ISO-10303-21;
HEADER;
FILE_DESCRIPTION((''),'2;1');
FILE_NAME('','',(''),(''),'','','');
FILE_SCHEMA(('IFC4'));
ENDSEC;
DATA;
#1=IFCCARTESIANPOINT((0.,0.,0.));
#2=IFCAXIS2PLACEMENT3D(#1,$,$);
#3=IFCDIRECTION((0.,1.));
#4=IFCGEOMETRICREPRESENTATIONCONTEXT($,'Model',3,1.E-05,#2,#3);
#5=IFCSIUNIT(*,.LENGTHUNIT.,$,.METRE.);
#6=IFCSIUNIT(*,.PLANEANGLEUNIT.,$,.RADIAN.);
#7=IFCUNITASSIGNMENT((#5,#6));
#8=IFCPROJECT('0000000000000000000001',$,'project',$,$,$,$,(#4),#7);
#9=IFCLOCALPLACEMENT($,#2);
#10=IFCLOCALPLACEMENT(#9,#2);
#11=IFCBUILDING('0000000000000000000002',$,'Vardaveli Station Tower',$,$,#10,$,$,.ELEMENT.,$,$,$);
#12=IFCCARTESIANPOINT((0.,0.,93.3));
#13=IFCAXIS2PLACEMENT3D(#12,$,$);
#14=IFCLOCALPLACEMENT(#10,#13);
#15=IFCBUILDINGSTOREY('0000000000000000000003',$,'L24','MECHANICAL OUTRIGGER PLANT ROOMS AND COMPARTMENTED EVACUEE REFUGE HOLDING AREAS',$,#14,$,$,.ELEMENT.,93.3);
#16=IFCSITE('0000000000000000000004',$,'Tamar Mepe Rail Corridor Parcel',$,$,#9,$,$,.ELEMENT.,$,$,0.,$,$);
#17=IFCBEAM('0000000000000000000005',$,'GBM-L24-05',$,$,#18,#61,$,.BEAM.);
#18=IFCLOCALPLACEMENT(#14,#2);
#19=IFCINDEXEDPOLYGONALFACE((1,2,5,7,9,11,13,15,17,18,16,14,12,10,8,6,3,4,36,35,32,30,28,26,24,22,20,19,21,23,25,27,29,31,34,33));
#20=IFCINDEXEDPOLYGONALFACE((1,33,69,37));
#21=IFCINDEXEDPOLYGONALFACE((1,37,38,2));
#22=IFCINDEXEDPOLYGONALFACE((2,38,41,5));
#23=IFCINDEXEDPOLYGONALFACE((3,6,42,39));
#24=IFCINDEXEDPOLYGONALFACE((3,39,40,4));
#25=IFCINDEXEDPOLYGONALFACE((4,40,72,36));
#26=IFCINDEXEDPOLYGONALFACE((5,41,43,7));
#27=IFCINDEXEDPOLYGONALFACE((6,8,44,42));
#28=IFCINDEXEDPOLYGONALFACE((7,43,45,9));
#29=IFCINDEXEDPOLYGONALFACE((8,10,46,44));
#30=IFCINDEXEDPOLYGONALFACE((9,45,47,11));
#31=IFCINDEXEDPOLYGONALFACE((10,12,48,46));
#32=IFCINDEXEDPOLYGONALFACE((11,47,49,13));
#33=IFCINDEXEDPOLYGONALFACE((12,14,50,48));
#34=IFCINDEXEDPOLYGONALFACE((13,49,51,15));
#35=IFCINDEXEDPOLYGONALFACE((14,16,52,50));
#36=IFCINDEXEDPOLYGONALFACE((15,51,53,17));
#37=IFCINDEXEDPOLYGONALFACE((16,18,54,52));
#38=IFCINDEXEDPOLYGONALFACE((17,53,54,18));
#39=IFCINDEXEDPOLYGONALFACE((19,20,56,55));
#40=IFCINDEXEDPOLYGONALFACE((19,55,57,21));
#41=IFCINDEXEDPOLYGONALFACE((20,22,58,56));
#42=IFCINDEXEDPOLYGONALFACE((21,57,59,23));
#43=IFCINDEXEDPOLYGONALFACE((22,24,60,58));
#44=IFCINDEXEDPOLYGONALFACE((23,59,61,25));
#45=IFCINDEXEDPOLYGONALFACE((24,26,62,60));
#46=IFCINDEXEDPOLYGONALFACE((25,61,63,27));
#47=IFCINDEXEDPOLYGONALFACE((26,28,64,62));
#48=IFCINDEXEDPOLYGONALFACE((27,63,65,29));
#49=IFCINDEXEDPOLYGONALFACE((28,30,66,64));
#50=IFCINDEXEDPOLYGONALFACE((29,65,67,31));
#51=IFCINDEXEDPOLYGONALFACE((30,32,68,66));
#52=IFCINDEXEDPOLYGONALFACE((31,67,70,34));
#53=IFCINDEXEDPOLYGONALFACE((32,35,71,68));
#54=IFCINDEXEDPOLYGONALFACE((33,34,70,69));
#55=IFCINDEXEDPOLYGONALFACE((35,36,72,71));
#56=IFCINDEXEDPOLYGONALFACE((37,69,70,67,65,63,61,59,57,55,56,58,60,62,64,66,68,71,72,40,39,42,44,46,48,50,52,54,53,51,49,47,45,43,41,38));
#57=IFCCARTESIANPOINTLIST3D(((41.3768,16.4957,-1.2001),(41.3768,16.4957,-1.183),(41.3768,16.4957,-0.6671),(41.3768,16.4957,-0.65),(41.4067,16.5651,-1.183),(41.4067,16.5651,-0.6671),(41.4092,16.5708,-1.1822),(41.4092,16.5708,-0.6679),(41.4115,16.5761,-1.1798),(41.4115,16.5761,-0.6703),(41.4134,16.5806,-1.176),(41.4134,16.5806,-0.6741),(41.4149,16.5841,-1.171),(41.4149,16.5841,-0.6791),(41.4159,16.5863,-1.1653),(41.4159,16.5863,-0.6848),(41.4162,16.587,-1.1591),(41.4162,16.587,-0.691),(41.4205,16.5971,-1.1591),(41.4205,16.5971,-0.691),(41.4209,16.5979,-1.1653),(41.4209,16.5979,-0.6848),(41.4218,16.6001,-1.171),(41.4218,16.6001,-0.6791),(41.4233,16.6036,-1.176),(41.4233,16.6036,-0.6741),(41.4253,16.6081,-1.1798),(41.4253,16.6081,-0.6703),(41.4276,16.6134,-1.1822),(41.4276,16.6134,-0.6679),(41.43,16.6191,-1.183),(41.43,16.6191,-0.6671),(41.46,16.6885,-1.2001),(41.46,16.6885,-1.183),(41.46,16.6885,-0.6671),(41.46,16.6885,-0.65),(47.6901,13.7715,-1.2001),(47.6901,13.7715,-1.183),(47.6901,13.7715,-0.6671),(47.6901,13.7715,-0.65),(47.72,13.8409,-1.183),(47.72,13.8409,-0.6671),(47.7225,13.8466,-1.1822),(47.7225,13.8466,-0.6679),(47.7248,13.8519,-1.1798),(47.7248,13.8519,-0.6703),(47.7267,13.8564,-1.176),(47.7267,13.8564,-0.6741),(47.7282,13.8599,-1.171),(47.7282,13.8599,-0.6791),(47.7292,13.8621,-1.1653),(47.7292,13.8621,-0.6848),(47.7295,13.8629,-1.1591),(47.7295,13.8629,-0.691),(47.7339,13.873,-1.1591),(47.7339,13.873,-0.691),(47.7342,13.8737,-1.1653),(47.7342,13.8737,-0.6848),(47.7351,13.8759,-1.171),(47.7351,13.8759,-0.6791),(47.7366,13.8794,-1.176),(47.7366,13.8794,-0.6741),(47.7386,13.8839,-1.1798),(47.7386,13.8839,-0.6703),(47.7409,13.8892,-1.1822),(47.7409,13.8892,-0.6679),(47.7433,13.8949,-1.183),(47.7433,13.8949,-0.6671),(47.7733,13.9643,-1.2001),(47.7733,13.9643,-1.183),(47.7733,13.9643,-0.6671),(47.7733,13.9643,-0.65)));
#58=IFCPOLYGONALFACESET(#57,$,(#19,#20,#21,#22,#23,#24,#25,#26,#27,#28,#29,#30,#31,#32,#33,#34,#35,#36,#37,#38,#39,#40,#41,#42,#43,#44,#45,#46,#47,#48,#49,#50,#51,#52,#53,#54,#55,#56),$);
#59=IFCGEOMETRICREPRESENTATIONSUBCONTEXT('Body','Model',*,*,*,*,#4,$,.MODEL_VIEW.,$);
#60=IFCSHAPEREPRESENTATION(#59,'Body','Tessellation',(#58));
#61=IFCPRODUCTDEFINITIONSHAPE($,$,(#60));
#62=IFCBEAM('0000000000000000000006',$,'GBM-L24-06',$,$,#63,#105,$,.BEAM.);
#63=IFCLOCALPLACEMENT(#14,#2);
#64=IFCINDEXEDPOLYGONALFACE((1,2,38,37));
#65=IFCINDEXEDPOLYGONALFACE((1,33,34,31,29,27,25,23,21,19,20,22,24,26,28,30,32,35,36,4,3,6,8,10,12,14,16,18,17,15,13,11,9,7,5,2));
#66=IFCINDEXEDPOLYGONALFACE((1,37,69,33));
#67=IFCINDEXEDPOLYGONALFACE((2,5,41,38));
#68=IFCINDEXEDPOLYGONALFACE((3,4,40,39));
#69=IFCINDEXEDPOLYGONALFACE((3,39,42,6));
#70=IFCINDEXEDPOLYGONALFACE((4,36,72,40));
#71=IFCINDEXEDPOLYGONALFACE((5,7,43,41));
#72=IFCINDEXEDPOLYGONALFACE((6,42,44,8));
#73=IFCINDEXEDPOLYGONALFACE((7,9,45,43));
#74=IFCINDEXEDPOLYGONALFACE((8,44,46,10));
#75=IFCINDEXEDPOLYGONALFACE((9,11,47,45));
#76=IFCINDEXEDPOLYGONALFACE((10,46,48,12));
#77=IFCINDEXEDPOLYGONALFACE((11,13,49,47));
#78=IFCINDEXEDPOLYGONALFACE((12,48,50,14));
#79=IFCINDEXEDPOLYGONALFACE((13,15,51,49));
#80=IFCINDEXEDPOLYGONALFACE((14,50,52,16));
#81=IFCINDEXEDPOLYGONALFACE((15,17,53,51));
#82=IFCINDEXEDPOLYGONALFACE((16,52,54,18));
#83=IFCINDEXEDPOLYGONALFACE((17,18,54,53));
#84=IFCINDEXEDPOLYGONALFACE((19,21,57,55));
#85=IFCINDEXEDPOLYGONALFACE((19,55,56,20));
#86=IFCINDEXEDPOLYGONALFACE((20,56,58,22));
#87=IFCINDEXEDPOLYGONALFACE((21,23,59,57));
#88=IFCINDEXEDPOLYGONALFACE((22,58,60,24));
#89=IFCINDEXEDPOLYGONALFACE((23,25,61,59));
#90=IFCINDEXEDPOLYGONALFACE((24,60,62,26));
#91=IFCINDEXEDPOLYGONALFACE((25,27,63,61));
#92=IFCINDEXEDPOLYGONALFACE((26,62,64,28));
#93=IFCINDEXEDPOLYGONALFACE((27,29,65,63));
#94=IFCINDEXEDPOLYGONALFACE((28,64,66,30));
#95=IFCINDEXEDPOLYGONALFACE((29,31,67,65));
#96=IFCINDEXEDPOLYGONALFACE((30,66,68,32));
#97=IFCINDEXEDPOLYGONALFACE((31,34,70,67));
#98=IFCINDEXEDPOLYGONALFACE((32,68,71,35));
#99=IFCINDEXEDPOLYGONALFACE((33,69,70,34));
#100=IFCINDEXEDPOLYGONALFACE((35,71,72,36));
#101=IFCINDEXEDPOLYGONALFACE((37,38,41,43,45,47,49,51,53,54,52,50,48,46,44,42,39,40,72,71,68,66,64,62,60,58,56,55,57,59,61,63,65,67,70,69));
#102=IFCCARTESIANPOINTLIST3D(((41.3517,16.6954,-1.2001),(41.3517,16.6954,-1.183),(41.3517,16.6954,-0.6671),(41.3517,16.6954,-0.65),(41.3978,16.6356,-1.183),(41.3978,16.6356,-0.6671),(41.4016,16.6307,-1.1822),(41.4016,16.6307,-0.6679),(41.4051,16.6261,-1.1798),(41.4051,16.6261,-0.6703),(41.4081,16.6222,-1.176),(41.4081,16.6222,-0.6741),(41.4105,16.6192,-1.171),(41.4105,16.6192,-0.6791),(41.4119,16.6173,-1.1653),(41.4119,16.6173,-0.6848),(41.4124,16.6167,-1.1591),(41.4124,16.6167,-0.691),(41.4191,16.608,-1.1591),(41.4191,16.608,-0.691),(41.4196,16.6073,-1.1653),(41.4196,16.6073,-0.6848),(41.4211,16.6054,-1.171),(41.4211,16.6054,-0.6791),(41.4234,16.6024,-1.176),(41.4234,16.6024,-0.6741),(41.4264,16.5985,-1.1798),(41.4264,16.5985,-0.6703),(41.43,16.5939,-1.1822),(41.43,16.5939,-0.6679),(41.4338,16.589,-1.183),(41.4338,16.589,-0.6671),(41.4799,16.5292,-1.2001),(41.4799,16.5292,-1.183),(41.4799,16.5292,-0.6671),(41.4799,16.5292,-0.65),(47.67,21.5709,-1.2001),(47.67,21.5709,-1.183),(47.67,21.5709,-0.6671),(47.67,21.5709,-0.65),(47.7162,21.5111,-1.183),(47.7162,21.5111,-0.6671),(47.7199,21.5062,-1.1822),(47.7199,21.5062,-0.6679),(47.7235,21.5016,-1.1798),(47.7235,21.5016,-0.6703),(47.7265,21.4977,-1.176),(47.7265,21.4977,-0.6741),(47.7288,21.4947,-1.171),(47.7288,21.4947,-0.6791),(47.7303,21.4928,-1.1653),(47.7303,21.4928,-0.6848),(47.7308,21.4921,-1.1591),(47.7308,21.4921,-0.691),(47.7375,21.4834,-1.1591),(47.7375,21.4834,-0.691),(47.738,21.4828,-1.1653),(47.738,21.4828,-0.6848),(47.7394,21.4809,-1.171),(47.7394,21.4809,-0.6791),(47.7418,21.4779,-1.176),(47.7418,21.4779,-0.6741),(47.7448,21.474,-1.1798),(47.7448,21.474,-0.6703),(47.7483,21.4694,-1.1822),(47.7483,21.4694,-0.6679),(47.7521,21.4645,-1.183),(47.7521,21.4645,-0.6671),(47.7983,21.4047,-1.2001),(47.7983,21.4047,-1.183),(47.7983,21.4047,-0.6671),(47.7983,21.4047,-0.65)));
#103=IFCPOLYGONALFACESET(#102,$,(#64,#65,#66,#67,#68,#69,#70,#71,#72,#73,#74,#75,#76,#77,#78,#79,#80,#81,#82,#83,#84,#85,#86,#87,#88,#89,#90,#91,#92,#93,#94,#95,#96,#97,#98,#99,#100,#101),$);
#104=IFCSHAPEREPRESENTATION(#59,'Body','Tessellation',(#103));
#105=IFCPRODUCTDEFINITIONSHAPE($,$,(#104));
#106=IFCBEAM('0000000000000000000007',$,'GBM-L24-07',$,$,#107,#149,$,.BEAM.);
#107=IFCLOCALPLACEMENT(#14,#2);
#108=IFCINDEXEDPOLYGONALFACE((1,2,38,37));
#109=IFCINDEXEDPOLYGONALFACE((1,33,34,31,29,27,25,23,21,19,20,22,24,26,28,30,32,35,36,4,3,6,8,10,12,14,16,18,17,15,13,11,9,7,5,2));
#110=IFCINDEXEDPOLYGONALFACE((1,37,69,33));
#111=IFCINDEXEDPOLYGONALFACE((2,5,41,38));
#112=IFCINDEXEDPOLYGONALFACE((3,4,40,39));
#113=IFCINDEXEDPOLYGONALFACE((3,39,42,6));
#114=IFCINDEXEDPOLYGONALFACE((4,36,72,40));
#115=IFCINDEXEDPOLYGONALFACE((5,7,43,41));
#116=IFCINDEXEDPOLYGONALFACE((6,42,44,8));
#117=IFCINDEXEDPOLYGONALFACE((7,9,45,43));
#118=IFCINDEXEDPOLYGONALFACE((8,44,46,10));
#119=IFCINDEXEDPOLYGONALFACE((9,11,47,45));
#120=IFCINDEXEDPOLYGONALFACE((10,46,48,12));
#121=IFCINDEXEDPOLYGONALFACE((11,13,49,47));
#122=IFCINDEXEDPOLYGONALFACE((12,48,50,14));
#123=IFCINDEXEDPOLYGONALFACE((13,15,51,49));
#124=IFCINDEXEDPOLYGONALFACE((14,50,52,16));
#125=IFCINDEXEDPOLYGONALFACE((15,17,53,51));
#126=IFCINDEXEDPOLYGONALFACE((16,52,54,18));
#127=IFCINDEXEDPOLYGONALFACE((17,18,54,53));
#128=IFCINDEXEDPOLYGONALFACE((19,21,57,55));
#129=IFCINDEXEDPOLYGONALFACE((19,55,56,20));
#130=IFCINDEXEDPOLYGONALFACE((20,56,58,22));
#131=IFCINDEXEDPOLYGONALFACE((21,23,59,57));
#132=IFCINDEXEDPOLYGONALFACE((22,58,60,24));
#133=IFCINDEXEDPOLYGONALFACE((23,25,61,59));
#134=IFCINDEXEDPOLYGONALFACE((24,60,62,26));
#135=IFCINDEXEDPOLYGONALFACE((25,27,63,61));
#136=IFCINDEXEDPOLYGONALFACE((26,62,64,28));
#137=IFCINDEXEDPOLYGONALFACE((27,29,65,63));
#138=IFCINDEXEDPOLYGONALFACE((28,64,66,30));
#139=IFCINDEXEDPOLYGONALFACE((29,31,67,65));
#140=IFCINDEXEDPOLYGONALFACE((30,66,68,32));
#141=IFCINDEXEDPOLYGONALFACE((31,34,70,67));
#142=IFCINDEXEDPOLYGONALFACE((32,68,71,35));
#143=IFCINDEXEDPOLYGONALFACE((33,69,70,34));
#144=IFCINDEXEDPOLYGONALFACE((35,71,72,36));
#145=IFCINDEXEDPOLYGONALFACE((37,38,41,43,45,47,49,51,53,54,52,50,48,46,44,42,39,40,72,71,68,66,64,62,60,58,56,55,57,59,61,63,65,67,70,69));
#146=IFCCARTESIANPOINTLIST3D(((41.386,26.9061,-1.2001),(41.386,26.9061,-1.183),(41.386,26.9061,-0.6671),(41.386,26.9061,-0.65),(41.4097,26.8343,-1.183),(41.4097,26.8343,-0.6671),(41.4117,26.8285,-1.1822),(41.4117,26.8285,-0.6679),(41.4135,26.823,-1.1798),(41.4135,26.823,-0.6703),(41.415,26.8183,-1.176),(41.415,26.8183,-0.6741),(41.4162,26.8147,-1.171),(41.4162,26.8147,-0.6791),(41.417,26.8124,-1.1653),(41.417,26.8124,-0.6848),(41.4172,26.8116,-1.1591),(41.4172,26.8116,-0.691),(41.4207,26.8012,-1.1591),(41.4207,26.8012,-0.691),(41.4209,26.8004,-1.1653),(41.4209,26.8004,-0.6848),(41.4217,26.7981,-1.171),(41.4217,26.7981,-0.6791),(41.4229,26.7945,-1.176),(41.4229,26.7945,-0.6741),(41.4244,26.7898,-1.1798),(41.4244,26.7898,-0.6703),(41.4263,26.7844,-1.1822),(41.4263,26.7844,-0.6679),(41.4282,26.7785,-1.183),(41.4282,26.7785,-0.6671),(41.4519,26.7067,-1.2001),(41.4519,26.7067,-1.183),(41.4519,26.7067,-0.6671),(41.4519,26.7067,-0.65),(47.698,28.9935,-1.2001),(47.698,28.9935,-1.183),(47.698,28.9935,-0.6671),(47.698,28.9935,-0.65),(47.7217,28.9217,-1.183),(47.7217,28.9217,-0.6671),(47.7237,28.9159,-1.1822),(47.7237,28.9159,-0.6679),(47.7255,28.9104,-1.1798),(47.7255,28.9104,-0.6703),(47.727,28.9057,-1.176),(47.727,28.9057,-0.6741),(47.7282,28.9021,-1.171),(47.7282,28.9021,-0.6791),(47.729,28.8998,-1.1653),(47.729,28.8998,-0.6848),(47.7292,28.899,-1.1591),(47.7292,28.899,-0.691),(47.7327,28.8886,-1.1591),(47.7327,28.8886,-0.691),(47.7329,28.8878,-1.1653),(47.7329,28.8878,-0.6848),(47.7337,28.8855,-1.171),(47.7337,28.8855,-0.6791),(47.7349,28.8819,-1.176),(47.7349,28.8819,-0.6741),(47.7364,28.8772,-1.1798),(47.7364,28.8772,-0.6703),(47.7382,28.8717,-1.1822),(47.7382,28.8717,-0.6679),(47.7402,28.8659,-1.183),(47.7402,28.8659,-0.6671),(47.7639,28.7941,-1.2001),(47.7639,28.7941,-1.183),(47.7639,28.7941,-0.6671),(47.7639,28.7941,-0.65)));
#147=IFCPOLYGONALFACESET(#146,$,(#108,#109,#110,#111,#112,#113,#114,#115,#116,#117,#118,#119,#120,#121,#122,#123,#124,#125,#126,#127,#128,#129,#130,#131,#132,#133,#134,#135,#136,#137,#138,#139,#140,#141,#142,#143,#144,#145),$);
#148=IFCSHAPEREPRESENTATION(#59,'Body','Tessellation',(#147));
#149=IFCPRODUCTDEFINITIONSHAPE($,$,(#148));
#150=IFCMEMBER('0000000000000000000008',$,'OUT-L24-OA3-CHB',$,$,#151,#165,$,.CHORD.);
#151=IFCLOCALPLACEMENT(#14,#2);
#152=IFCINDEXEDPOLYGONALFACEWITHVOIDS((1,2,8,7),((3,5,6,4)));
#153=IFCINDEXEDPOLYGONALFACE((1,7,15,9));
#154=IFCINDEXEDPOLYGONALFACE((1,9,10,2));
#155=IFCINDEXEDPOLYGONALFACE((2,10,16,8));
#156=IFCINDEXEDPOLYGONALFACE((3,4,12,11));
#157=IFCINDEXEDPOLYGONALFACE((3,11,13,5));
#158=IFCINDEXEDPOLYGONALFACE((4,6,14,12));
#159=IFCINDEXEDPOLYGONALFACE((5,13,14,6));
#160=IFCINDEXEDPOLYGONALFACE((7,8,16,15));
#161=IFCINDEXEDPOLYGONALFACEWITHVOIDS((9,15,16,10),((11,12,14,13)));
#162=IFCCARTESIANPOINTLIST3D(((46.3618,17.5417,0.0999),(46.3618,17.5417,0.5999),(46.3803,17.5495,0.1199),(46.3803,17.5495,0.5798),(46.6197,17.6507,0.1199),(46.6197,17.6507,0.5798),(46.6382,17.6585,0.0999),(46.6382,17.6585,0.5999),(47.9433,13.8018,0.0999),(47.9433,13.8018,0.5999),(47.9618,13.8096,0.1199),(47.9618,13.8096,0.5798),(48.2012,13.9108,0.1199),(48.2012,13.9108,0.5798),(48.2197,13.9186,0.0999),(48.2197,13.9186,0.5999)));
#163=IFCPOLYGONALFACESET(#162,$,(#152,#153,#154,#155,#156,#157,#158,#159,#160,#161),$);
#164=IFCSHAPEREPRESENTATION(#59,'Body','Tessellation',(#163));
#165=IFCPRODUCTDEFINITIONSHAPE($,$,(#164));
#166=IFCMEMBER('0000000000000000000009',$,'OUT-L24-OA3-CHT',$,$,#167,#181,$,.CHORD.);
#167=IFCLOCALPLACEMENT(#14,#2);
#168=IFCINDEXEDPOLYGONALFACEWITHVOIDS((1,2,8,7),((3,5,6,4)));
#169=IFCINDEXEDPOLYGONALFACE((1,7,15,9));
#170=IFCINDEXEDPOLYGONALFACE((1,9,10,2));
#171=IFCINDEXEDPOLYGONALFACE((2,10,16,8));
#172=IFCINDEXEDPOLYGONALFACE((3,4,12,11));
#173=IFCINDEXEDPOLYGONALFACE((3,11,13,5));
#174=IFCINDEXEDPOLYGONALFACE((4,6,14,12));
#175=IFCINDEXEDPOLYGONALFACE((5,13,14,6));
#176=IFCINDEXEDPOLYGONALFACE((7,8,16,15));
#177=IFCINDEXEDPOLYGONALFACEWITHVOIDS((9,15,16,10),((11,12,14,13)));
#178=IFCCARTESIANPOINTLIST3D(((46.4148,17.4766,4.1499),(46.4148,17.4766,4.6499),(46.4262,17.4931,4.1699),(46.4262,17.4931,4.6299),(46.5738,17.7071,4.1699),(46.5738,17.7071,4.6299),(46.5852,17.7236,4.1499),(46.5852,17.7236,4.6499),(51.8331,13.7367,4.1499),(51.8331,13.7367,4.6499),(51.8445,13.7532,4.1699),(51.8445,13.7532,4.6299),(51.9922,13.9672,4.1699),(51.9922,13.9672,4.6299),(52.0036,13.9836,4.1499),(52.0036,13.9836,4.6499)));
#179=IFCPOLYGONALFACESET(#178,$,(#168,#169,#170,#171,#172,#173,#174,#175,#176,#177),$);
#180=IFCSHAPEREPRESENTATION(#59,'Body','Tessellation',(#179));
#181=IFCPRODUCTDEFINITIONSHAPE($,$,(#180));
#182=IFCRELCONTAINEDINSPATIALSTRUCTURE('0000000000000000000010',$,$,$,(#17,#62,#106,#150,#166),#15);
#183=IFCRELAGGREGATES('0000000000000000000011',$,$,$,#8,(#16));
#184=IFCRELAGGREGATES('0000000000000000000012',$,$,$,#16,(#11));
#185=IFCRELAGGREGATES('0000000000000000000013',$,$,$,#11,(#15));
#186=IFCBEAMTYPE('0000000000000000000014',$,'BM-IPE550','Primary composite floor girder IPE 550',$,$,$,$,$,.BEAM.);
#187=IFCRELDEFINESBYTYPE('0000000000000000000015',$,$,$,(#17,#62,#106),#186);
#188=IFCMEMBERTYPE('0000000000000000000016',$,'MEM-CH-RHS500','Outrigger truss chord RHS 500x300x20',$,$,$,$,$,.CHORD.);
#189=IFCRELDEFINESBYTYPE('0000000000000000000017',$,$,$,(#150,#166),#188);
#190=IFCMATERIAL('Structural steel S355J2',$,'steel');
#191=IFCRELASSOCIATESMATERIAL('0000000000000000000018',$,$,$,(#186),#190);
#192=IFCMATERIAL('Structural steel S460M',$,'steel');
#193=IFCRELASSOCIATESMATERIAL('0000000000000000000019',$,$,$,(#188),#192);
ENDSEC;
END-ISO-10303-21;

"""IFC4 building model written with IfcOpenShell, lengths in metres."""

from ifc_helpers import new_model, si_unit, direction, frame, origin, origin_2d, place, context, subcontext, project, spatial, hollow_rectangle, i_section, extrude, source, transform, mapped, material, material_profile, profile_set, type_object, element, save


model = new_model("IFC4")

# Units and contexts
model_context = context("Model", 3, precision=1e-05, world=origin(), true_north=direction((0.0, 1.0)))
body_context = subcontext(model_context, "Body", "Model", "MODEL_VIEW")
ifc_project = project(units=[si_unit("LENGTHUNIT", "METRE"), si_unit("PLANEANGLEUNIT", "RADIAN")], contexts=[model_context])

# Site, building, storey
site_placement = place(None, origin())
site = spatial("IfcSite", under=ifc_project, at=site_placement, Name="Tamar Mepe Rail Corridor Parcel", CompositionType="ELEMENT", RefElevation=0.0)
building_placement = place(site_placement, origin())
building = spatial("IfcBuilding", under=site, at=building_placement, Name="Vardaveli Station Tower", CompositionType="ELEMENT")
storey_placement = place(building_placement, frame((0.0, 0.0, 93.3)))
storey = spatial("IfcBuildingStorey", under=building, at=storey_placement, Name="L24", Description="MECHANICAL OUTRIGGER PLANT ROOMS AND COMPARTMENTED EVACUEE REFUGE HOLDING AREAS", CompositionType="ELEMENT", Elevation=93.3)

# Shared definitions
ifc_material_1 = material(Name="Structural steel S460M", Category="steel")

# Beams
ifc_material_2 = material(Name="Structural steel S355J2", Category="steel")
ifc_material_profile_1 = material_profile(ifc_material_2, i_section(OverallWidth=0.21, OverallDepth=0.55, WebThickness=0.011, FlangeThickness=0.0171, FilletRadius=0.0239, at=origin_2d()), Name="IPE 550")
ifc_profile_set_1 = profile_set([ifc_material_profile_1], Name="Structural steel S355J2")
beam_type_1 = type_object("IfcBeamType", Name="BM-IPE550", Description="Primary composite floor girder IPE 550", PredefinedType="BEAM", material=ifc_profile_set_1)
shared_shape_1 = source(origin(), body_context, "Body", "SweptSolid", [
    extrude(i_section(OverallWidth=0.21, OverallDepth=0.55, WebThickness=0.011, FlangeThickness=0.0171, FilletRadius=0.0239, at=origin_2d()), origin(), (0.0, 0.0, 1.0), 6.876),
])
beam_1_placement = place(storey_placement, frame((47.7317, 13.8679, -0.925), z_axis=(-0.918171, 0.396185, 0.0), x_axis=(-0.396185, -0.918171, 0.0)))
element("IfcBeam", 1, at=beam_1_placement, inside=storey, type_object=beam_type_1, Name="GBM-L24-05", PredefinedType="BEAM", context=body_context, shape_type="MappedRepresentation", body=[
    mapped(shared_shape_1, transform((0.0, 0.0, 0.0), scale=1.0)),
])
shared_shape_2 = source(origin(), body_context, "Body", "SweptSolid", [
    extrude(i_section(OverallWidth=0.21, OverallDepth=0.55, WebThickness=0.011, FlangeThickness=0.0171, FilletRadius=0.0239, at=origin_2d()), origin(), (0.0, 0.0, 1.0), 7.9807),
])
beam_2_placement = place(storey_placement, frame((47.7341, 21.4878, -0.925), z_axis=(-0.791702, -0.610908, 0.0), x_axis=(0.610908, -0.791702, 0.0)))
element("IfcBeam", 2, at=beam_2_placement, inside=storey, type_object=beam_type_1, Name="GBM-L24-06", PredefinedType="BEAM", context=body_context, shape_type="MappedRepresentation", body=[
    mapped(shared_shape_2, transform((0.0, 0.0, 0.0), scale=1.0)),
])
shared_shape_3 = source(origin(), body_context, "Body", "SweptSolid", [
    extrude(i_section(OverallWidth=0.21, OverallDepth=0.55, WebThickness=0.011, FlangeThickness=0.0171, FilletRadius=0.0239, at=origin_2d()), origin(), (0.0, 0.0, 1.0), 6.6482),
])
beam_3_placement = place(storey_placement, frame((47.731, 28.8938, -0.925), z_axis=(-0.94943, -0.313979, 0.0), x_axis=(0.313979, -0.94943, 0.0)))
element("IfcBeam", 3, at=beam_3_placement, inside=storey, type_object=beam_type_1, Name="GBM-L24-07", PredefinedType="BEAM", context=body_context, shape_type="MappedRepresentation", body=[
    mapped(shared_shape_3, transform((0.0, 0.0, 0.0), scale=1.0)),
])

# Members
ifc_material_profile_2 = material_profile(ifc_material_1, hollow_rectangle(XDim=0.3, YDim=0.5, WallThickness=0.02, at=origin_2d()), Name="RHS 500x300x20")
ifc_profile_set_2 = profile_set([ifc_material_profile_2], Name="Structural steel S460M")
member_type_1 = type_object("IfcMemberType", Name="MEM-CH-RHS500", Description="Outrigger truss chord RHS 500x300x20", PredefinedType="CHORD", material=ifc_profile_set_2)
shared_shape_4 = source(origin(), body_context, "Body", "SweptSolid", [
    extrude(hollow_rectangle(XDim=0.3, YDim=0.5, WallThickness=0.02, at=origin_2d()), origin(), (0.0, 0.0, 1.0), 4.0605),
])
member_1_placement = place(storey_placement, frame((46.5, 17.6001, 0.3499), z_axis=(0.389481, -0.921034, 0.0), x_axis=(0.921034, 0.389481, 0.0)))
element("IfcMember", 4, at=member_1_placement, inside=storey, type_object=member_type_1, Name="OUT-L24-OA3-CHB", PredefinedType="CHORD", context=body_context, shape_type="MappedRepresentation", body=[
    mapped(shared_shape_4, transform((0.0, 0.0, 0.0), scale=1.0)),
])
shared_shape_5 = source(origin(), body_context, "Body", "SweptSolid", [
    extrude(hollow_rectangle(XDim=0.3, YDim=0.5, WallThickness=0.02, at=origin_2d()), origin(), (0.0, 0.0, 1.0), 6.5837),
])
member_2_placement = place(storey_placement, frame((46.5, 17.6001, 4.3999), z_axis=(0.822991, -0.568054, 0.0), x_axis=(0.568054, 0.822991, 0.0)))
element("IfcMember", 5, at=member_2_placement, inside=storey, type_object=member_type_1, Name="OUT-L24-OA3-CHT", PredefinedType="CHORD", context=body_context, shape_type="MappedRepresentation", body=[
    mapped(shared_shape_5, transform((0.0, 0.0, 0.0), scale=1.0)),
])

save(model, "model.ifc")
